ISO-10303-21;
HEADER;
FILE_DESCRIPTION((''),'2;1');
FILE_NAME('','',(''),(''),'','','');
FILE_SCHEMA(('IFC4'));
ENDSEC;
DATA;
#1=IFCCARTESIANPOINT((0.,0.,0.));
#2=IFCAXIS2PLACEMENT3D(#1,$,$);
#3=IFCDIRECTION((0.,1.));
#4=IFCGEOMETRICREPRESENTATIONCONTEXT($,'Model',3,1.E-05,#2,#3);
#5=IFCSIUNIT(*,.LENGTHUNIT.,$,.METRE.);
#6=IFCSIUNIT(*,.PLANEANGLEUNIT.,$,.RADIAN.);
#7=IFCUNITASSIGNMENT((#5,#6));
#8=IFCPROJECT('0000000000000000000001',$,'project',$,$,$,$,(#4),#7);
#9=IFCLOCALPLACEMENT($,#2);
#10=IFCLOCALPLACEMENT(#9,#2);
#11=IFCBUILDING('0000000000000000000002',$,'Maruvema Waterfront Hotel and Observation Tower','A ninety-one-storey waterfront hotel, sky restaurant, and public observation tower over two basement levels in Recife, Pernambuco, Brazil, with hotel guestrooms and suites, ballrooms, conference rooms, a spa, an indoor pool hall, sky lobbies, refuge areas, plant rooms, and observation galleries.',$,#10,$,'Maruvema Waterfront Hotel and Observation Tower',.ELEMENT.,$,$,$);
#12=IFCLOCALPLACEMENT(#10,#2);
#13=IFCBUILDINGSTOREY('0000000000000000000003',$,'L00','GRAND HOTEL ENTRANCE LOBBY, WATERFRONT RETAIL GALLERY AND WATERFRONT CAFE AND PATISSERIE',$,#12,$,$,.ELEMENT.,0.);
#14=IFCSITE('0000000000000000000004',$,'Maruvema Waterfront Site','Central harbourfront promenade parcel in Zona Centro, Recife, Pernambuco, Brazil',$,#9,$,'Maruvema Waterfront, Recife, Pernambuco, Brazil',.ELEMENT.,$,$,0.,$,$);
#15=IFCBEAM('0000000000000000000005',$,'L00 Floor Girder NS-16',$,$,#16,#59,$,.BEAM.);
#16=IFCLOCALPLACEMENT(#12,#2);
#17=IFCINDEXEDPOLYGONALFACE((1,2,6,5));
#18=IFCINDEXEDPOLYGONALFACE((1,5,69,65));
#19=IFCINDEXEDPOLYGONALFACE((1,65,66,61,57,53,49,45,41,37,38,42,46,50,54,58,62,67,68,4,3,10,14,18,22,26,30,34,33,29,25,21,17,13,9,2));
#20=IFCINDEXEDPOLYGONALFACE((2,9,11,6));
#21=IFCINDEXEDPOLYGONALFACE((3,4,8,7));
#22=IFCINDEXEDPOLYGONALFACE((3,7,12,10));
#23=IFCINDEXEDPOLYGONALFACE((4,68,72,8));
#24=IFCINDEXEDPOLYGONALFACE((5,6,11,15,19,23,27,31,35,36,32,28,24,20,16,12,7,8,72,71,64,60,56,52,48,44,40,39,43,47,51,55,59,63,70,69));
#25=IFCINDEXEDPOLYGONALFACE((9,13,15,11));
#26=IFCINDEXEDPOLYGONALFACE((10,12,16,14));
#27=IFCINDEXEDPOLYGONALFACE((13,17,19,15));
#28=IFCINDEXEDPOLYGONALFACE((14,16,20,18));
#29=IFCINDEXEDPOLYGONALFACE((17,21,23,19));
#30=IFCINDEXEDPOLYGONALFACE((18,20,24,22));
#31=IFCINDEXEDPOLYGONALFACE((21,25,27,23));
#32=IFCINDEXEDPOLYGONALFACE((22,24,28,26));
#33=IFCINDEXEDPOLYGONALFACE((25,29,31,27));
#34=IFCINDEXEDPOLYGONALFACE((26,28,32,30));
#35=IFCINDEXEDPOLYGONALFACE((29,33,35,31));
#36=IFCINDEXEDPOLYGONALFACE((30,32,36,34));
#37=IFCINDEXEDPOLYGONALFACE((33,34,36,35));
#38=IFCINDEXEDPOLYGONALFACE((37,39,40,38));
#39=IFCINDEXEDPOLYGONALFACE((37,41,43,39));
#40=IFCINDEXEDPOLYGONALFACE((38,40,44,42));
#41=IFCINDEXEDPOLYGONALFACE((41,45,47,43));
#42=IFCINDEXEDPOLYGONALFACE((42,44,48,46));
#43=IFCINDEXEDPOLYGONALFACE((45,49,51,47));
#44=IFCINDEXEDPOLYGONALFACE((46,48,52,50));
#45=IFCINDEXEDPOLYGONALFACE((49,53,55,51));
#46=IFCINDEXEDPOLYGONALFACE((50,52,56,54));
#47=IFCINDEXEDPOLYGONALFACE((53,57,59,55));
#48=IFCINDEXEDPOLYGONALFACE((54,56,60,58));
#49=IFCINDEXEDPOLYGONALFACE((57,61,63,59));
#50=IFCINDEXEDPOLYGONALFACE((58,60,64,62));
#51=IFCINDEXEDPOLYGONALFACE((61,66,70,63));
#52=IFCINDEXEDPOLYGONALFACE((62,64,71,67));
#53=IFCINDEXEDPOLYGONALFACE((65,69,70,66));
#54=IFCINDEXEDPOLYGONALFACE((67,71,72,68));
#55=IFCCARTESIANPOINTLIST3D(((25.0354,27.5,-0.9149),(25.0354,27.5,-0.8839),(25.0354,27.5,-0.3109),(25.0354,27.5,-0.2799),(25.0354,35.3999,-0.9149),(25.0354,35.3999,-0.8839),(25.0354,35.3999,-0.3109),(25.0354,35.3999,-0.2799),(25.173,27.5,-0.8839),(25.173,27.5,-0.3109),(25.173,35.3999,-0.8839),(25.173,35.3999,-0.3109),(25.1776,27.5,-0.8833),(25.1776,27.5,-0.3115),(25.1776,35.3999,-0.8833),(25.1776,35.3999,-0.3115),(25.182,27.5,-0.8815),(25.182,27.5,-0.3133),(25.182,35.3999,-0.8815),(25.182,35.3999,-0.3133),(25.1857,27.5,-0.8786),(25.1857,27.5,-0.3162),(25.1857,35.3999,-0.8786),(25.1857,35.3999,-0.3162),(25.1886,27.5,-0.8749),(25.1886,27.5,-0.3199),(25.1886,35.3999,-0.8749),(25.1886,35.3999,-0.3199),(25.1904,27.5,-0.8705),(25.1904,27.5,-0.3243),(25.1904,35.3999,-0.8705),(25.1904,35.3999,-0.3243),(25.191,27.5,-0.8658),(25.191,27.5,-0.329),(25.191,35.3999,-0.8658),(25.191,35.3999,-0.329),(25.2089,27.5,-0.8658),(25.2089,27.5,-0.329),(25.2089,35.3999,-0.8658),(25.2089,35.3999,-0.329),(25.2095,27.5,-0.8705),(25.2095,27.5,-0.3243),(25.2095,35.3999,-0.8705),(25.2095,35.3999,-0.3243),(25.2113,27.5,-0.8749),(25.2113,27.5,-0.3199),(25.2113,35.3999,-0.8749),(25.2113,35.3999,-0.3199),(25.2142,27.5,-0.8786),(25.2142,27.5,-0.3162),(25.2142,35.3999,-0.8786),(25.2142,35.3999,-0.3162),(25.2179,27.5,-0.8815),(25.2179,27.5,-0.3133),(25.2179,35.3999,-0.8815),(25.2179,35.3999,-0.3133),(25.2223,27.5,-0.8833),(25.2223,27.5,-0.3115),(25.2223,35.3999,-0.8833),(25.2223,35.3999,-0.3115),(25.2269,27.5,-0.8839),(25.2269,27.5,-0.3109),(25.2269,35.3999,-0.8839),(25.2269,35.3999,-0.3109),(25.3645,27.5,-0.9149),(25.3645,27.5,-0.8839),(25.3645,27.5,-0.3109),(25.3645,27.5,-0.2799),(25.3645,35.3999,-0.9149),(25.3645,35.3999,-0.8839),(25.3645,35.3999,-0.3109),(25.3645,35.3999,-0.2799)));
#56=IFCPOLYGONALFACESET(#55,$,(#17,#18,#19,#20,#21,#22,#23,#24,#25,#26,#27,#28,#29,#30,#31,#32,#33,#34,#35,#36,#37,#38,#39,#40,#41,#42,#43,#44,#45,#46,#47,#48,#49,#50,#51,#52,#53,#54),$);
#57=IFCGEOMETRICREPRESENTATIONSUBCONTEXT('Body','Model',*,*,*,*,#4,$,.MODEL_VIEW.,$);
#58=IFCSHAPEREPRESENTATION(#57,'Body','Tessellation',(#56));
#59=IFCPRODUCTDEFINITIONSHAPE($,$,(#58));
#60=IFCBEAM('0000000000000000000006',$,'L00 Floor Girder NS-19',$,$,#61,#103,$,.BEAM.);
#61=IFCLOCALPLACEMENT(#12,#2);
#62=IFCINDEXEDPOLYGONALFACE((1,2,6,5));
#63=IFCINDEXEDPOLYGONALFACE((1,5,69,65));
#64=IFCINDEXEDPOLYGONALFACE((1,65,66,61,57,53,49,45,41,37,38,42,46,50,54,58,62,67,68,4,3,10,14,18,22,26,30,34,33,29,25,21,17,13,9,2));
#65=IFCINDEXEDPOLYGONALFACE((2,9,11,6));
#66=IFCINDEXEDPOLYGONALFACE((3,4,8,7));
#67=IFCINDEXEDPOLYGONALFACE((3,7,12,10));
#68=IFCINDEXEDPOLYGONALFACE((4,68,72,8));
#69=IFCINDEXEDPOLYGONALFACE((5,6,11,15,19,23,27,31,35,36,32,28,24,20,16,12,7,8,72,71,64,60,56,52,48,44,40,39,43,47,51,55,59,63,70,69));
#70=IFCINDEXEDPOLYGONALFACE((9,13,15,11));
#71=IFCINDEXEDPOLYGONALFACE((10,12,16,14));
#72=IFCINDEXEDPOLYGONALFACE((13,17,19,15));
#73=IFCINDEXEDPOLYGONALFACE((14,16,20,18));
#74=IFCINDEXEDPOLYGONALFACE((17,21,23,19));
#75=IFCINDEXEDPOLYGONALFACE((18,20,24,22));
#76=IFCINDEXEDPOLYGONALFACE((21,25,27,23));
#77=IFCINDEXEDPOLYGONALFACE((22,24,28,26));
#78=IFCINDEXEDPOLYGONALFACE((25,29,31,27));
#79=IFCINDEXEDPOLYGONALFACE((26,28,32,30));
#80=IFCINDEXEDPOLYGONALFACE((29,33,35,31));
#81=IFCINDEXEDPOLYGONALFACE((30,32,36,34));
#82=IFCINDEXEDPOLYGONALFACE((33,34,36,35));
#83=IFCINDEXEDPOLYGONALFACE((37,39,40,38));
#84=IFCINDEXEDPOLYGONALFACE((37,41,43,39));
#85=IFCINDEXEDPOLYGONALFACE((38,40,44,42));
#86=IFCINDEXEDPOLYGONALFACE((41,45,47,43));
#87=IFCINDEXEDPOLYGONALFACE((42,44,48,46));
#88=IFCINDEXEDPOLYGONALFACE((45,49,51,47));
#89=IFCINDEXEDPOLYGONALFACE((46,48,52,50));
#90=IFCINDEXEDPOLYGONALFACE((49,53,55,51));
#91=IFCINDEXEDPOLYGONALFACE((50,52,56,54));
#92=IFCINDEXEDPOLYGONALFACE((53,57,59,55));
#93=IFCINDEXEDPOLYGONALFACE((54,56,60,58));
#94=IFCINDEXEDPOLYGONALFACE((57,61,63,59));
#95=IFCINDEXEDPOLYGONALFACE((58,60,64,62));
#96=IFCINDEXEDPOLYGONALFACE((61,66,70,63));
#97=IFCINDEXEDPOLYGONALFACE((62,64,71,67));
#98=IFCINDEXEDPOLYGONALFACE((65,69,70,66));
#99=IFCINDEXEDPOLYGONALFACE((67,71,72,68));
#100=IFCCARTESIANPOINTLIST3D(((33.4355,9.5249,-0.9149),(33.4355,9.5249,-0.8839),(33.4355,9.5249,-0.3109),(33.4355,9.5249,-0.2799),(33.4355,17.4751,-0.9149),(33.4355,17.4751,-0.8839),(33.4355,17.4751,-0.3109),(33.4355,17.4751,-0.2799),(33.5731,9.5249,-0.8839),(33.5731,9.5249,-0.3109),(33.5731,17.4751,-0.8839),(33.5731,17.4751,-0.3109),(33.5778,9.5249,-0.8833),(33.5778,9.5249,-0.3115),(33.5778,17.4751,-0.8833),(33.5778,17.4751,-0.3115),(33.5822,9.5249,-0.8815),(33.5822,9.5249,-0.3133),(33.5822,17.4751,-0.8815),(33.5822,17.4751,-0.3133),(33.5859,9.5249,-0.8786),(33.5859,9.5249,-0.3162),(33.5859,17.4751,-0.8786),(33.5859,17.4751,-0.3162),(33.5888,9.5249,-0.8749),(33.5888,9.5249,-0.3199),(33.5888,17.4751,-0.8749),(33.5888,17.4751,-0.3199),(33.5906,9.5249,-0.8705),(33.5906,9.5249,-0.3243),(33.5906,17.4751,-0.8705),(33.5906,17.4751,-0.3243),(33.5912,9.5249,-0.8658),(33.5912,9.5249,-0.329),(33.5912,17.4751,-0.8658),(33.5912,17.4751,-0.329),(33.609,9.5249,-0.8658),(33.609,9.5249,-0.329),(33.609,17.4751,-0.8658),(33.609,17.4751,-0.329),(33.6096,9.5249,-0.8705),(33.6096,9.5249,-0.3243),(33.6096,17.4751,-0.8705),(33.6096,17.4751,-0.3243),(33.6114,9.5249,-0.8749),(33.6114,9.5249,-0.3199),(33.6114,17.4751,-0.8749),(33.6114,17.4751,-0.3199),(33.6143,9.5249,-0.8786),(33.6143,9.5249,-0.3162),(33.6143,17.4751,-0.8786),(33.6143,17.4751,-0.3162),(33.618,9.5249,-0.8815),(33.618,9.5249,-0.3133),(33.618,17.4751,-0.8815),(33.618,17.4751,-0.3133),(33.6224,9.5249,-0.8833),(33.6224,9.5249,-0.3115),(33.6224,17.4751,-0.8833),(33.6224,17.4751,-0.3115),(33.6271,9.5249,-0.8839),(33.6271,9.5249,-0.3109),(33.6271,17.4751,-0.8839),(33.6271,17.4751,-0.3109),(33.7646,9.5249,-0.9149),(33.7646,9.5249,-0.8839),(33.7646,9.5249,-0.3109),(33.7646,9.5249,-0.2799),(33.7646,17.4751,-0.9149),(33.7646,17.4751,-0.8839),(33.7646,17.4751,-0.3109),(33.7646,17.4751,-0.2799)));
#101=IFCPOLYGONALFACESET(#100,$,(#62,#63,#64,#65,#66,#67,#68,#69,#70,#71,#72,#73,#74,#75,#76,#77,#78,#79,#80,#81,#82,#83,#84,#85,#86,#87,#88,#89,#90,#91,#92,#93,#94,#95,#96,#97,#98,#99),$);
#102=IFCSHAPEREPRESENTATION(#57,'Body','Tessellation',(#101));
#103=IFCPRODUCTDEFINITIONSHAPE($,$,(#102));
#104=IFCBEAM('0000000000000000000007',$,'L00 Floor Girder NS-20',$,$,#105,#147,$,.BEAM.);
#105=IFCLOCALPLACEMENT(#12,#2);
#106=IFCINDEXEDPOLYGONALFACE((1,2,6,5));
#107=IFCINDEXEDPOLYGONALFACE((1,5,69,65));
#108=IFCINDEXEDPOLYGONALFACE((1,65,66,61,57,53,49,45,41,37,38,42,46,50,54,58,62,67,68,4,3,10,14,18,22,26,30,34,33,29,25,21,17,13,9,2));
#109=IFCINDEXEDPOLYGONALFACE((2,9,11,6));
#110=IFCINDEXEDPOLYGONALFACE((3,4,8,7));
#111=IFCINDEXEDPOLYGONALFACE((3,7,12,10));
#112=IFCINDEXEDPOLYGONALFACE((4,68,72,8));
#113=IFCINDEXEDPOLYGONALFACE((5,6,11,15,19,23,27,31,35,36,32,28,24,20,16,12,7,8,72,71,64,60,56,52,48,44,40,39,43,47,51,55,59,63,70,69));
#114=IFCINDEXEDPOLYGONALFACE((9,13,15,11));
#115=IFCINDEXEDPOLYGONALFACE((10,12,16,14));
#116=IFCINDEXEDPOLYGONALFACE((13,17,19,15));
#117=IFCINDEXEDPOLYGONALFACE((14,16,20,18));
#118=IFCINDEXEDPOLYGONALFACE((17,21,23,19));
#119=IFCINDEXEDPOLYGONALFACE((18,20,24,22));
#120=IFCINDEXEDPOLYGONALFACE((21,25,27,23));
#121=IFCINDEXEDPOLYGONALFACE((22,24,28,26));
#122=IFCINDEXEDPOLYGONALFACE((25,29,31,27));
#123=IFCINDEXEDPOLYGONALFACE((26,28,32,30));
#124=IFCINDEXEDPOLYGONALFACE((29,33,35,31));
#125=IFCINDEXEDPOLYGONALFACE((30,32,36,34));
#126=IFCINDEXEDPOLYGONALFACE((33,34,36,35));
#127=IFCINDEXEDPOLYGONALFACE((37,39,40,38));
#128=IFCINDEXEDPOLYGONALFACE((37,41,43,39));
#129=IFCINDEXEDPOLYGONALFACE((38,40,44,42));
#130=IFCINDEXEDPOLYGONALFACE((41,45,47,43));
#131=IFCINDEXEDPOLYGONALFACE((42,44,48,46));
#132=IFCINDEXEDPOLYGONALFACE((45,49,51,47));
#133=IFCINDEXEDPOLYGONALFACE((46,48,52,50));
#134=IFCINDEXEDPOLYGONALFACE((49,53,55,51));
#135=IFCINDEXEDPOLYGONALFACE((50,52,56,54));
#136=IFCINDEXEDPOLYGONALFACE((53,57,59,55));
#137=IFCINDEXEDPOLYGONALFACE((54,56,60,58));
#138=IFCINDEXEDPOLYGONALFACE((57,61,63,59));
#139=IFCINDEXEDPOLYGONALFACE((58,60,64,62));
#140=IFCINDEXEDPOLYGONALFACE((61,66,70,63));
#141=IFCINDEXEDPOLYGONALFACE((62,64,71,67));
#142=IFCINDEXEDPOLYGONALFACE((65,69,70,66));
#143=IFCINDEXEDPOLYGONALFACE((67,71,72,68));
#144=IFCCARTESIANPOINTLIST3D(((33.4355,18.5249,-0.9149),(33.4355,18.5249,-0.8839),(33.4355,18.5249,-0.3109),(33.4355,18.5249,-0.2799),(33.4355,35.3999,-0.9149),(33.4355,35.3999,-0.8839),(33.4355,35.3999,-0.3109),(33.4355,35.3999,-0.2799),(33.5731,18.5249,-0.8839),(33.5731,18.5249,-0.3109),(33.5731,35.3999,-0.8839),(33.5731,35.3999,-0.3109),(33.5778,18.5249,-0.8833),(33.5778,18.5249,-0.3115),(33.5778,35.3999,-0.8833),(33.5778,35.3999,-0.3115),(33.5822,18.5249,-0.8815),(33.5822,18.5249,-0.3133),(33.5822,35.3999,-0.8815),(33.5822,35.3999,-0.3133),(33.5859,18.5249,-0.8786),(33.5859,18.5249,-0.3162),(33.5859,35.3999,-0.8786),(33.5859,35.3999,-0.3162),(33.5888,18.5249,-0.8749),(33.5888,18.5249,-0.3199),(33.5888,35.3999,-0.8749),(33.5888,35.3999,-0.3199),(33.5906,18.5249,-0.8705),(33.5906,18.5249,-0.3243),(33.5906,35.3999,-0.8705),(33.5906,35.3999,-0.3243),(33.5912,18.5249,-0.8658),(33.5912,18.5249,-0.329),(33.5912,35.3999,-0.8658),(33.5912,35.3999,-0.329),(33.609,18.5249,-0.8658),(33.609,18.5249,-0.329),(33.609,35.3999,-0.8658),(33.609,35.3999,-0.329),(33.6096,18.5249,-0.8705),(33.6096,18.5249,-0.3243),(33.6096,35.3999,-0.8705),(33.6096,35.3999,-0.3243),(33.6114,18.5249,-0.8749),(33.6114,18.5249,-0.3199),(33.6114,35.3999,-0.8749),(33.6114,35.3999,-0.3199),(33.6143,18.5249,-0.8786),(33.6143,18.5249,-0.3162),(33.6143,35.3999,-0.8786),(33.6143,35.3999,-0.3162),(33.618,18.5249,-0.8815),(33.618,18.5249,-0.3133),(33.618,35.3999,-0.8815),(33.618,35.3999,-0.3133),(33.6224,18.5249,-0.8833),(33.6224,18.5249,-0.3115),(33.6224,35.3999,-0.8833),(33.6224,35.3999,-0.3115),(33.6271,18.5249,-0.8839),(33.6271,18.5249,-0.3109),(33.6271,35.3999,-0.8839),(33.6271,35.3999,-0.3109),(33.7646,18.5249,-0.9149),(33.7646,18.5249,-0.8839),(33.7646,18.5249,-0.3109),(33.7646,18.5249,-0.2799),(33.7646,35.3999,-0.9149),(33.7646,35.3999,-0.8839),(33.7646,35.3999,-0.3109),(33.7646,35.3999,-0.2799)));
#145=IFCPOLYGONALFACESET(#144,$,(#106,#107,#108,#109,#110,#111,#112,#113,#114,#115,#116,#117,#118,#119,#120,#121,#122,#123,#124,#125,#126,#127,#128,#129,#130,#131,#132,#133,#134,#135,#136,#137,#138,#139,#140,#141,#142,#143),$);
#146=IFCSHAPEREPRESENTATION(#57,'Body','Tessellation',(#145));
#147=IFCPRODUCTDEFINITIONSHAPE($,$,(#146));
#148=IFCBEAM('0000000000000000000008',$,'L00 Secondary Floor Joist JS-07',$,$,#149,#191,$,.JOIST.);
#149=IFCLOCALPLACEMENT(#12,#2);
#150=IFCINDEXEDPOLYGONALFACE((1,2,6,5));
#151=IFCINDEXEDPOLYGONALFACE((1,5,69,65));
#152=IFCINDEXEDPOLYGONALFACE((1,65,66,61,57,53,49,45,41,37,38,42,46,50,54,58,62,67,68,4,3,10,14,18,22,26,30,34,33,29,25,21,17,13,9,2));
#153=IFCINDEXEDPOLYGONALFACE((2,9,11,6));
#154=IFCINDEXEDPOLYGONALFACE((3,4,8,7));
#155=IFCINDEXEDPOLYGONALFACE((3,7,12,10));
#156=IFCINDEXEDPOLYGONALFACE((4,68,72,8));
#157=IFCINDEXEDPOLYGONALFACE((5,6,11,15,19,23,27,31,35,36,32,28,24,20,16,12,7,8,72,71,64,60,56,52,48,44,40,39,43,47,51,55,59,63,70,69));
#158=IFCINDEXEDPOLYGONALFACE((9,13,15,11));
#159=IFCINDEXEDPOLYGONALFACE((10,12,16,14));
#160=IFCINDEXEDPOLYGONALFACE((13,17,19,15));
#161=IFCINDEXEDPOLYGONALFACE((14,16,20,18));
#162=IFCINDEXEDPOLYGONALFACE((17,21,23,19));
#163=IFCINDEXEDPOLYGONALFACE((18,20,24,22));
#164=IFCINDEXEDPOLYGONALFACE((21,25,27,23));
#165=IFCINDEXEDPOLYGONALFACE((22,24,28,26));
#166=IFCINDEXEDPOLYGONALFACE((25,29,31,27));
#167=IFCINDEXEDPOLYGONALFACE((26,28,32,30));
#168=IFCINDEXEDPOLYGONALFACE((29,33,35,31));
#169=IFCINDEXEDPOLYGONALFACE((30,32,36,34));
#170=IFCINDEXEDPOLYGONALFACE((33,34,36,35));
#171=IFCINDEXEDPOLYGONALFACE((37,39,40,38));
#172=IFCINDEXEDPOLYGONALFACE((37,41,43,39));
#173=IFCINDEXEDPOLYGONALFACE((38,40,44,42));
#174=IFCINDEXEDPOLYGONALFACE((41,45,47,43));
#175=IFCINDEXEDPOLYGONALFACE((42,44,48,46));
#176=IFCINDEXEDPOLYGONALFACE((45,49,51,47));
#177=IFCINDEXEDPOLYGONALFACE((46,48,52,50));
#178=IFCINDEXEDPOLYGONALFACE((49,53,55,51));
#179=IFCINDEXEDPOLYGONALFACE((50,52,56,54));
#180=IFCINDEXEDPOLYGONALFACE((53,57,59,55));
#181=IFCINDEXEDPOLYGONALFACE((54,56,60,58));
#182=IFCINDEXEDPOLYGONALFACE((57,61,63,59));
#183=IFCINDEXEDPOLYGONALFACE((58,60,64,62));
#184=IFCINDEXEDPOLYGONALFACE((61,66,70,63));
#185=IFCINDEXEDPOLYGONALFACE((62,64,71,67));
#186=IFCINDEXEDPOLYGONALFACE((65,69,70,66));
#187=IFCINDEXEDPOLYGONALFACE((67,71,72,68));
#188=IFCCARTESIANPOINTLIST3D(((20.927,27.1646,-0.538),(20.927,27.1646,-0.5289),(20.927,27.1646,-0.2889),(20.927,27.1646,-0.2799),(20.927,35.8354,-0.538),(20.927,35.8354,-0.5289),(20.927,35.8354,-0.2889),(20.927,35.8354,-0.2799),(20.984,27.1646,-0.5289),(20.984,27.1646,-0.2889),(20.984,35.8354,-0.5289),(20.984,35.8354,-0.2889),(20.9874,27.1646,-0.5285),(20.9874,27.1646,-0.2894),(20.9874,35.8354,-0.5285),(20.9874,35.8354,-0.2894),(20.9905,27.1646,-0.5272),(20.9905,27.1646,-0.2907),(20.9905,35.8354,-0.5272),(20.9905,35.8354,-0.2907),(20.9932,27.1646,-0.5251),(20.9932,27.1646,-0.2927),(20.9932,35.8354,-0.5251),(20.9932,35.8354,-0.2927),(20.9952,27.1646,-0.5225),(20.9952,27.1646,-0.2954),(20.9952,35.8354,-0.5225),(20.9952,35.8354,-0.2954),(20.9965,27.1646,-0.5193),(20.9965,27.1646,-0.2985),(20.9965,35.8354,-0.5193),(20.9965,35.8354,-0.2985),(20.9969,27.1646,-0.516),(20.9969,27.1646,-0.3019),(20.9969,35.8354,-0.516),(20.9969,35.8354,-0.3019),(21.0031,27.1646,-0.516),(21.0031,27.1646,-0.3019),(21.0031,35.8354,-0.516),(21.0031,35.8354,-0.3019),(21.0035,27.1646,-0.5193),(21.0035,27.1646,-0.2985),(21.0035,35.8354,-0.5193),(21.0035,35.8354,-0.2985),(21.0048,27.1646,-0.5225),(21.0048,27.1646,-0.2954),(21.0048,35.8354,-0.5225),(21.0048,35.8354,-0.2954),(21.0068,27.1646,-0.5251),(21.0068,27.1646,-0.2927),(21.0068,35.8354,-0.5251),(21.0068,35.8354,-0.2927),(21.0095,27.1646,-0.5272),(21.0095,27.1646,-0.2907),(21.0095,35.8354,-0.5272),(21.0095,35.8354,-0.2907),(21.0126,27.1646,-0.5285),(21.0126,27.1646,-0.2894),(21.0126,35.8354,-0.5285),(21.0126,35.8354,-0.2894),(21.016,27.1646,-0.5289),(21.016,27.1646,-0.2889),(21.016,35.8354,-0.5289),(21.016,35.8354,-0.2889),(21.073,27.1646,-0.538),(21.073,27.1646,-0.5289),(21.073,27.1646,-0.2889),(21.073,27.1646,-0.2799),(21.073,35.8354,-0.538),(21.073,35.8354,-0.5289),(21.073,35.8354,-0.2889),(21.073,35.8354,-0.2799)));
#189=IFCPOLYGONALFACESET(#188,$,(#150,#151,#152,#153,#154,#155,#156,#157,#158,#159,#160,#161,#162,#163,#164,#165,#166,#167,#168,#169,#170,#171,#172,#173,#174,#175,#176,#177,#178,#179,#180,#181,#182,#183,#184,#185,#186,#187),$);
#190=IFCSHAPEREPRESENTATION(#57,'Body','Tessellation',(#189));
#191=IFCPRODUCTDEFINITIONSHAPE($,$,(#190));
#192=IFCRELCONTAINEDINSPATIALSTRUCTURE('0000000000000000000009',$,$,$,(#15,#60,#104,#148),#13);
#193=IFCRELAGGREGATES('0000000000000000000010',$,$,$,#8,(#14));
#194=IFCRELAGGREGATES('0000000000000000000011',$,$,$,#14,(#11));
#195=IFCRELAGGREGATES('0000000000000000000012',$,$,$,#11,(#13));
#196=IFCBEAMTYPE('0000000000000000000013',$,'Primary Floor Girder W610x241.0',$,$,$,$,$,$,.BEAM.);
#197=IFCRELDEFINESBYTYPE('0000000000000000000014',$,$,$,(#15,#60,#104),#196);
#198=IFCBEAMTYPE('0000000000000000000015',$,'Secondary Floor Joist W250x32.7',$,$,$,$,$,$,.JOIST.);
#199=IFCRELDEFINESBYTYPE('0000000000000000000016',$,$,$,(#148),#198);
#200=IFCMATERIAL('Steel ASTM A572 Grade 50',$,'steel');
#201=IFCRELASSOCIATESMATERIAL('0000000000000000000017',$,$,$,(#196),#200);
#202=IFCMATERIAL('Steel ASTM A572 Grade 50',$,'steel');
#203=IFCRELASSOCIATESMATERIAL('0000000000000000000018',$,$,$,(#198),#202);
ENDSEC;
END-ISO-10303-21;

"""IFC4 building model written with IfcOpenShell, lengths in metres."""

from ifc_helpers import new_model, si_unit, direction, frame, origin, origin_2d, place, context, subcontext, project, spatial, i_section, extrude, material, material_profile, profile_set, type_object, element, save


model = new_model("IFC4")

# Units and contexts
model_context = context("Model", 3, precision=1e-05, world=origin(), true_north=direction((0.0, 1.0)))
body_context = subcontext(model_context, "Body", "Model", "MODEL_VIEW")
ifc_project = project(units=[si_unit("LENGTHUNIT", "METRE"), si_unit("PLANEANGLEUNIT", "RADIAN")], contexts=[model_context])

# Site, building, storey
site_placement = place(None, origin())
site = spatial("IfcSite", under=ifc_project, at=site_placement, Name="Maruvema Waterfront Site", Description="Central harbourfront promenade parcel in Zona Centro, Recife, Pernambuco, Brazil", LongName="Maruvema Waterfront, Recife, Pernambuco, Brazil", CompositionType="ELEMENT", RefElevation=0.0)
building_placement = place(site_placement, origin())
building = spatial("IfcBuilding", under=site, at=building_placement, Name="Maruvema Waterfront Hotel and Observation Tower", Description="A ninety-one-storey waterfront hotel, sky restaurant, and public observation tower over two basement levels in Recife, Pernambuco, Brazil, with hotel guestrooms and suites, ballrooms, conference rooms, a spa, an indoor pool hall, sky lobbies, refuge areas, plant rooms, and observation galleries.", LongName="Maruvema Waterfront Hotel and Observation Tower", CompositionType="ELEMENT")
storey_placement = place(building_placement, origin())
storey = spatial("IfcBuildingStorey", under=building, at=storey_placement, Name="L00", Description="GRAND HOTEL ENTRANCE LOBBY, WATERFRONT RETAIL GALLERY AND WATERFRONT CAFE AND PATISSERIE", CompositionType="ELEMENT", Elevation=0.0)

# Beams
ifc_material_1 = material(Name="Steel ASTM A572 Grade 50", Category="steel")
ifc_material_profile_1 = material_profile(ifc_material_1, i_section(OverallWidth=0.3291, OverallDepth=0.635, WebThickness=0.0178, FlangeThickness=0.031, FilletRadius=0.0181, at=origin_2d()), Name="W610x241.0")
ifc_profile_set_1 = profile_set([ifc_material_profile_1], Name="Steel ASTM A572 Grade 50")
beam_type_1 = type_object("IfcBeamType", Name="Primary Floor Girder W610x241.0", PredefinedType="BEAM", material=ifc_profile_set_1)
for number, where, z_axis, x_axis, name in (
    (1, (25.2, 27.5, -0.5974), (0.0, 1.0, 0.0), (-1.0, 0.0, 0.0), "L00 Floor Girder NS-16"),
):
    element("IfcBeam", number, at=place(storey_placement, frame(where, z_axis=z_axis, x_axis=x_axis)), inside=storey, type_object=beam_type_1, Name=name, PredefinedType="BEAM", context=body_context, shape_type="SweptSolid", body=[
        extrude(i_section(OverallWidth=0.3291, OverallDepth=0.635, WebThickness=0.0178, FlangeThickness=0.031, FilletRadius=0.0181, at=origin_2d()), origin(), (0.0, 0.0, 1.0), 7.8999),
    ])
beam_1_placement = place(storey_placement, frame((33.6001, 9.5249, -0.5974), z_axis=(0.0, 1.0, 0.0), x_axis=(-1.0, 0.0, 0.0)))
element("IfcBeam", 2, at=beam_1_placement, inside=storey, type_object=beam_type_1, Name="L00 Floor Girder NS-19", PredefinedType="BEAM", context=body_context, shape_type="SweptSolid", body=[
    extrude(i_section(OverallWidth=0.3291, OverallDepth=0.635, WebThickness=0.0178, FlangeThickness=0.031, FilletRadius=0.0181, at=origin_2d()), origin(), (0.0, 0.0, 1.0), 7.9502),
])
beam_2_placement = place(storey_placement, frame((33.6001, 18.5249, -0.5974), z_axis=(0.0, 1.0, 0.0), x_axis=(-1.0, 0.0, 0.0)))
element("IfcBeam", 3, at=beam_2_placement, inside=storey, type_object=beam_type_1, Name="L00 Floor Girder NS-20", PredefinedType="BEAM", context=body_context, shape_type="SweptSolid", body=[
    extrude(i_section(OverallWidth=0.3291, OverallDepth=0.635, WebThickness=0.0178, FlangeThickness=0.031, FilletRadius=0.0181, at=origin_2d()), origin(), (0.0, 0.0, 1.0), 16.875),
])
ifc_material_2 = material(Name="Steel ASTM A572 Grade 50", Category="steel")
ifc_material_profile_2 = material_profile(ifc_material_2, i_section(OverallWidth=0.146, OverallDepth=0.2581, WebThickness=0.0061, FlangeThickness=0.009, FilletRadius=0.0129, at=origin_2d()), Name="W250x32.7")
ifc_profile_set_2 = profile_set([ifc_material_profile_2], Name="Steel ASTM A572 Grade 50")
beam_type_2 = type_object("IfcBeamType", Name="Secondary Floor Joist W250x32.7", PredefinedType="JOIST", material=ifc_profile_set_2)
beam_3_placement = place(storey_placement, frame((21.0, 27.1646, -0.4089), z_axis=(0.0, 1.0, 0.0), x_axis=(-1.0, 0.0, 0.0)))
element("IfcBeam", 4, at=beam_3_placement, inside=storey, type_object=beam_type_2, Name="L00 Secondary Floor Joist JS-07", PredefinedType="JOIST", context=body_context, shape_type="SweptSolid", body=[
    extrude(i_section(OverallWidth=0.146, OverallDepth=0.2581, WebThickness=0.0061, FlangeThickness=0.009, FilletRadius=0.0129, at=origin_2d()), origin(), (0.0, 0.0, 1.0), 8.6709),
])

save(model, "model.ifc")
